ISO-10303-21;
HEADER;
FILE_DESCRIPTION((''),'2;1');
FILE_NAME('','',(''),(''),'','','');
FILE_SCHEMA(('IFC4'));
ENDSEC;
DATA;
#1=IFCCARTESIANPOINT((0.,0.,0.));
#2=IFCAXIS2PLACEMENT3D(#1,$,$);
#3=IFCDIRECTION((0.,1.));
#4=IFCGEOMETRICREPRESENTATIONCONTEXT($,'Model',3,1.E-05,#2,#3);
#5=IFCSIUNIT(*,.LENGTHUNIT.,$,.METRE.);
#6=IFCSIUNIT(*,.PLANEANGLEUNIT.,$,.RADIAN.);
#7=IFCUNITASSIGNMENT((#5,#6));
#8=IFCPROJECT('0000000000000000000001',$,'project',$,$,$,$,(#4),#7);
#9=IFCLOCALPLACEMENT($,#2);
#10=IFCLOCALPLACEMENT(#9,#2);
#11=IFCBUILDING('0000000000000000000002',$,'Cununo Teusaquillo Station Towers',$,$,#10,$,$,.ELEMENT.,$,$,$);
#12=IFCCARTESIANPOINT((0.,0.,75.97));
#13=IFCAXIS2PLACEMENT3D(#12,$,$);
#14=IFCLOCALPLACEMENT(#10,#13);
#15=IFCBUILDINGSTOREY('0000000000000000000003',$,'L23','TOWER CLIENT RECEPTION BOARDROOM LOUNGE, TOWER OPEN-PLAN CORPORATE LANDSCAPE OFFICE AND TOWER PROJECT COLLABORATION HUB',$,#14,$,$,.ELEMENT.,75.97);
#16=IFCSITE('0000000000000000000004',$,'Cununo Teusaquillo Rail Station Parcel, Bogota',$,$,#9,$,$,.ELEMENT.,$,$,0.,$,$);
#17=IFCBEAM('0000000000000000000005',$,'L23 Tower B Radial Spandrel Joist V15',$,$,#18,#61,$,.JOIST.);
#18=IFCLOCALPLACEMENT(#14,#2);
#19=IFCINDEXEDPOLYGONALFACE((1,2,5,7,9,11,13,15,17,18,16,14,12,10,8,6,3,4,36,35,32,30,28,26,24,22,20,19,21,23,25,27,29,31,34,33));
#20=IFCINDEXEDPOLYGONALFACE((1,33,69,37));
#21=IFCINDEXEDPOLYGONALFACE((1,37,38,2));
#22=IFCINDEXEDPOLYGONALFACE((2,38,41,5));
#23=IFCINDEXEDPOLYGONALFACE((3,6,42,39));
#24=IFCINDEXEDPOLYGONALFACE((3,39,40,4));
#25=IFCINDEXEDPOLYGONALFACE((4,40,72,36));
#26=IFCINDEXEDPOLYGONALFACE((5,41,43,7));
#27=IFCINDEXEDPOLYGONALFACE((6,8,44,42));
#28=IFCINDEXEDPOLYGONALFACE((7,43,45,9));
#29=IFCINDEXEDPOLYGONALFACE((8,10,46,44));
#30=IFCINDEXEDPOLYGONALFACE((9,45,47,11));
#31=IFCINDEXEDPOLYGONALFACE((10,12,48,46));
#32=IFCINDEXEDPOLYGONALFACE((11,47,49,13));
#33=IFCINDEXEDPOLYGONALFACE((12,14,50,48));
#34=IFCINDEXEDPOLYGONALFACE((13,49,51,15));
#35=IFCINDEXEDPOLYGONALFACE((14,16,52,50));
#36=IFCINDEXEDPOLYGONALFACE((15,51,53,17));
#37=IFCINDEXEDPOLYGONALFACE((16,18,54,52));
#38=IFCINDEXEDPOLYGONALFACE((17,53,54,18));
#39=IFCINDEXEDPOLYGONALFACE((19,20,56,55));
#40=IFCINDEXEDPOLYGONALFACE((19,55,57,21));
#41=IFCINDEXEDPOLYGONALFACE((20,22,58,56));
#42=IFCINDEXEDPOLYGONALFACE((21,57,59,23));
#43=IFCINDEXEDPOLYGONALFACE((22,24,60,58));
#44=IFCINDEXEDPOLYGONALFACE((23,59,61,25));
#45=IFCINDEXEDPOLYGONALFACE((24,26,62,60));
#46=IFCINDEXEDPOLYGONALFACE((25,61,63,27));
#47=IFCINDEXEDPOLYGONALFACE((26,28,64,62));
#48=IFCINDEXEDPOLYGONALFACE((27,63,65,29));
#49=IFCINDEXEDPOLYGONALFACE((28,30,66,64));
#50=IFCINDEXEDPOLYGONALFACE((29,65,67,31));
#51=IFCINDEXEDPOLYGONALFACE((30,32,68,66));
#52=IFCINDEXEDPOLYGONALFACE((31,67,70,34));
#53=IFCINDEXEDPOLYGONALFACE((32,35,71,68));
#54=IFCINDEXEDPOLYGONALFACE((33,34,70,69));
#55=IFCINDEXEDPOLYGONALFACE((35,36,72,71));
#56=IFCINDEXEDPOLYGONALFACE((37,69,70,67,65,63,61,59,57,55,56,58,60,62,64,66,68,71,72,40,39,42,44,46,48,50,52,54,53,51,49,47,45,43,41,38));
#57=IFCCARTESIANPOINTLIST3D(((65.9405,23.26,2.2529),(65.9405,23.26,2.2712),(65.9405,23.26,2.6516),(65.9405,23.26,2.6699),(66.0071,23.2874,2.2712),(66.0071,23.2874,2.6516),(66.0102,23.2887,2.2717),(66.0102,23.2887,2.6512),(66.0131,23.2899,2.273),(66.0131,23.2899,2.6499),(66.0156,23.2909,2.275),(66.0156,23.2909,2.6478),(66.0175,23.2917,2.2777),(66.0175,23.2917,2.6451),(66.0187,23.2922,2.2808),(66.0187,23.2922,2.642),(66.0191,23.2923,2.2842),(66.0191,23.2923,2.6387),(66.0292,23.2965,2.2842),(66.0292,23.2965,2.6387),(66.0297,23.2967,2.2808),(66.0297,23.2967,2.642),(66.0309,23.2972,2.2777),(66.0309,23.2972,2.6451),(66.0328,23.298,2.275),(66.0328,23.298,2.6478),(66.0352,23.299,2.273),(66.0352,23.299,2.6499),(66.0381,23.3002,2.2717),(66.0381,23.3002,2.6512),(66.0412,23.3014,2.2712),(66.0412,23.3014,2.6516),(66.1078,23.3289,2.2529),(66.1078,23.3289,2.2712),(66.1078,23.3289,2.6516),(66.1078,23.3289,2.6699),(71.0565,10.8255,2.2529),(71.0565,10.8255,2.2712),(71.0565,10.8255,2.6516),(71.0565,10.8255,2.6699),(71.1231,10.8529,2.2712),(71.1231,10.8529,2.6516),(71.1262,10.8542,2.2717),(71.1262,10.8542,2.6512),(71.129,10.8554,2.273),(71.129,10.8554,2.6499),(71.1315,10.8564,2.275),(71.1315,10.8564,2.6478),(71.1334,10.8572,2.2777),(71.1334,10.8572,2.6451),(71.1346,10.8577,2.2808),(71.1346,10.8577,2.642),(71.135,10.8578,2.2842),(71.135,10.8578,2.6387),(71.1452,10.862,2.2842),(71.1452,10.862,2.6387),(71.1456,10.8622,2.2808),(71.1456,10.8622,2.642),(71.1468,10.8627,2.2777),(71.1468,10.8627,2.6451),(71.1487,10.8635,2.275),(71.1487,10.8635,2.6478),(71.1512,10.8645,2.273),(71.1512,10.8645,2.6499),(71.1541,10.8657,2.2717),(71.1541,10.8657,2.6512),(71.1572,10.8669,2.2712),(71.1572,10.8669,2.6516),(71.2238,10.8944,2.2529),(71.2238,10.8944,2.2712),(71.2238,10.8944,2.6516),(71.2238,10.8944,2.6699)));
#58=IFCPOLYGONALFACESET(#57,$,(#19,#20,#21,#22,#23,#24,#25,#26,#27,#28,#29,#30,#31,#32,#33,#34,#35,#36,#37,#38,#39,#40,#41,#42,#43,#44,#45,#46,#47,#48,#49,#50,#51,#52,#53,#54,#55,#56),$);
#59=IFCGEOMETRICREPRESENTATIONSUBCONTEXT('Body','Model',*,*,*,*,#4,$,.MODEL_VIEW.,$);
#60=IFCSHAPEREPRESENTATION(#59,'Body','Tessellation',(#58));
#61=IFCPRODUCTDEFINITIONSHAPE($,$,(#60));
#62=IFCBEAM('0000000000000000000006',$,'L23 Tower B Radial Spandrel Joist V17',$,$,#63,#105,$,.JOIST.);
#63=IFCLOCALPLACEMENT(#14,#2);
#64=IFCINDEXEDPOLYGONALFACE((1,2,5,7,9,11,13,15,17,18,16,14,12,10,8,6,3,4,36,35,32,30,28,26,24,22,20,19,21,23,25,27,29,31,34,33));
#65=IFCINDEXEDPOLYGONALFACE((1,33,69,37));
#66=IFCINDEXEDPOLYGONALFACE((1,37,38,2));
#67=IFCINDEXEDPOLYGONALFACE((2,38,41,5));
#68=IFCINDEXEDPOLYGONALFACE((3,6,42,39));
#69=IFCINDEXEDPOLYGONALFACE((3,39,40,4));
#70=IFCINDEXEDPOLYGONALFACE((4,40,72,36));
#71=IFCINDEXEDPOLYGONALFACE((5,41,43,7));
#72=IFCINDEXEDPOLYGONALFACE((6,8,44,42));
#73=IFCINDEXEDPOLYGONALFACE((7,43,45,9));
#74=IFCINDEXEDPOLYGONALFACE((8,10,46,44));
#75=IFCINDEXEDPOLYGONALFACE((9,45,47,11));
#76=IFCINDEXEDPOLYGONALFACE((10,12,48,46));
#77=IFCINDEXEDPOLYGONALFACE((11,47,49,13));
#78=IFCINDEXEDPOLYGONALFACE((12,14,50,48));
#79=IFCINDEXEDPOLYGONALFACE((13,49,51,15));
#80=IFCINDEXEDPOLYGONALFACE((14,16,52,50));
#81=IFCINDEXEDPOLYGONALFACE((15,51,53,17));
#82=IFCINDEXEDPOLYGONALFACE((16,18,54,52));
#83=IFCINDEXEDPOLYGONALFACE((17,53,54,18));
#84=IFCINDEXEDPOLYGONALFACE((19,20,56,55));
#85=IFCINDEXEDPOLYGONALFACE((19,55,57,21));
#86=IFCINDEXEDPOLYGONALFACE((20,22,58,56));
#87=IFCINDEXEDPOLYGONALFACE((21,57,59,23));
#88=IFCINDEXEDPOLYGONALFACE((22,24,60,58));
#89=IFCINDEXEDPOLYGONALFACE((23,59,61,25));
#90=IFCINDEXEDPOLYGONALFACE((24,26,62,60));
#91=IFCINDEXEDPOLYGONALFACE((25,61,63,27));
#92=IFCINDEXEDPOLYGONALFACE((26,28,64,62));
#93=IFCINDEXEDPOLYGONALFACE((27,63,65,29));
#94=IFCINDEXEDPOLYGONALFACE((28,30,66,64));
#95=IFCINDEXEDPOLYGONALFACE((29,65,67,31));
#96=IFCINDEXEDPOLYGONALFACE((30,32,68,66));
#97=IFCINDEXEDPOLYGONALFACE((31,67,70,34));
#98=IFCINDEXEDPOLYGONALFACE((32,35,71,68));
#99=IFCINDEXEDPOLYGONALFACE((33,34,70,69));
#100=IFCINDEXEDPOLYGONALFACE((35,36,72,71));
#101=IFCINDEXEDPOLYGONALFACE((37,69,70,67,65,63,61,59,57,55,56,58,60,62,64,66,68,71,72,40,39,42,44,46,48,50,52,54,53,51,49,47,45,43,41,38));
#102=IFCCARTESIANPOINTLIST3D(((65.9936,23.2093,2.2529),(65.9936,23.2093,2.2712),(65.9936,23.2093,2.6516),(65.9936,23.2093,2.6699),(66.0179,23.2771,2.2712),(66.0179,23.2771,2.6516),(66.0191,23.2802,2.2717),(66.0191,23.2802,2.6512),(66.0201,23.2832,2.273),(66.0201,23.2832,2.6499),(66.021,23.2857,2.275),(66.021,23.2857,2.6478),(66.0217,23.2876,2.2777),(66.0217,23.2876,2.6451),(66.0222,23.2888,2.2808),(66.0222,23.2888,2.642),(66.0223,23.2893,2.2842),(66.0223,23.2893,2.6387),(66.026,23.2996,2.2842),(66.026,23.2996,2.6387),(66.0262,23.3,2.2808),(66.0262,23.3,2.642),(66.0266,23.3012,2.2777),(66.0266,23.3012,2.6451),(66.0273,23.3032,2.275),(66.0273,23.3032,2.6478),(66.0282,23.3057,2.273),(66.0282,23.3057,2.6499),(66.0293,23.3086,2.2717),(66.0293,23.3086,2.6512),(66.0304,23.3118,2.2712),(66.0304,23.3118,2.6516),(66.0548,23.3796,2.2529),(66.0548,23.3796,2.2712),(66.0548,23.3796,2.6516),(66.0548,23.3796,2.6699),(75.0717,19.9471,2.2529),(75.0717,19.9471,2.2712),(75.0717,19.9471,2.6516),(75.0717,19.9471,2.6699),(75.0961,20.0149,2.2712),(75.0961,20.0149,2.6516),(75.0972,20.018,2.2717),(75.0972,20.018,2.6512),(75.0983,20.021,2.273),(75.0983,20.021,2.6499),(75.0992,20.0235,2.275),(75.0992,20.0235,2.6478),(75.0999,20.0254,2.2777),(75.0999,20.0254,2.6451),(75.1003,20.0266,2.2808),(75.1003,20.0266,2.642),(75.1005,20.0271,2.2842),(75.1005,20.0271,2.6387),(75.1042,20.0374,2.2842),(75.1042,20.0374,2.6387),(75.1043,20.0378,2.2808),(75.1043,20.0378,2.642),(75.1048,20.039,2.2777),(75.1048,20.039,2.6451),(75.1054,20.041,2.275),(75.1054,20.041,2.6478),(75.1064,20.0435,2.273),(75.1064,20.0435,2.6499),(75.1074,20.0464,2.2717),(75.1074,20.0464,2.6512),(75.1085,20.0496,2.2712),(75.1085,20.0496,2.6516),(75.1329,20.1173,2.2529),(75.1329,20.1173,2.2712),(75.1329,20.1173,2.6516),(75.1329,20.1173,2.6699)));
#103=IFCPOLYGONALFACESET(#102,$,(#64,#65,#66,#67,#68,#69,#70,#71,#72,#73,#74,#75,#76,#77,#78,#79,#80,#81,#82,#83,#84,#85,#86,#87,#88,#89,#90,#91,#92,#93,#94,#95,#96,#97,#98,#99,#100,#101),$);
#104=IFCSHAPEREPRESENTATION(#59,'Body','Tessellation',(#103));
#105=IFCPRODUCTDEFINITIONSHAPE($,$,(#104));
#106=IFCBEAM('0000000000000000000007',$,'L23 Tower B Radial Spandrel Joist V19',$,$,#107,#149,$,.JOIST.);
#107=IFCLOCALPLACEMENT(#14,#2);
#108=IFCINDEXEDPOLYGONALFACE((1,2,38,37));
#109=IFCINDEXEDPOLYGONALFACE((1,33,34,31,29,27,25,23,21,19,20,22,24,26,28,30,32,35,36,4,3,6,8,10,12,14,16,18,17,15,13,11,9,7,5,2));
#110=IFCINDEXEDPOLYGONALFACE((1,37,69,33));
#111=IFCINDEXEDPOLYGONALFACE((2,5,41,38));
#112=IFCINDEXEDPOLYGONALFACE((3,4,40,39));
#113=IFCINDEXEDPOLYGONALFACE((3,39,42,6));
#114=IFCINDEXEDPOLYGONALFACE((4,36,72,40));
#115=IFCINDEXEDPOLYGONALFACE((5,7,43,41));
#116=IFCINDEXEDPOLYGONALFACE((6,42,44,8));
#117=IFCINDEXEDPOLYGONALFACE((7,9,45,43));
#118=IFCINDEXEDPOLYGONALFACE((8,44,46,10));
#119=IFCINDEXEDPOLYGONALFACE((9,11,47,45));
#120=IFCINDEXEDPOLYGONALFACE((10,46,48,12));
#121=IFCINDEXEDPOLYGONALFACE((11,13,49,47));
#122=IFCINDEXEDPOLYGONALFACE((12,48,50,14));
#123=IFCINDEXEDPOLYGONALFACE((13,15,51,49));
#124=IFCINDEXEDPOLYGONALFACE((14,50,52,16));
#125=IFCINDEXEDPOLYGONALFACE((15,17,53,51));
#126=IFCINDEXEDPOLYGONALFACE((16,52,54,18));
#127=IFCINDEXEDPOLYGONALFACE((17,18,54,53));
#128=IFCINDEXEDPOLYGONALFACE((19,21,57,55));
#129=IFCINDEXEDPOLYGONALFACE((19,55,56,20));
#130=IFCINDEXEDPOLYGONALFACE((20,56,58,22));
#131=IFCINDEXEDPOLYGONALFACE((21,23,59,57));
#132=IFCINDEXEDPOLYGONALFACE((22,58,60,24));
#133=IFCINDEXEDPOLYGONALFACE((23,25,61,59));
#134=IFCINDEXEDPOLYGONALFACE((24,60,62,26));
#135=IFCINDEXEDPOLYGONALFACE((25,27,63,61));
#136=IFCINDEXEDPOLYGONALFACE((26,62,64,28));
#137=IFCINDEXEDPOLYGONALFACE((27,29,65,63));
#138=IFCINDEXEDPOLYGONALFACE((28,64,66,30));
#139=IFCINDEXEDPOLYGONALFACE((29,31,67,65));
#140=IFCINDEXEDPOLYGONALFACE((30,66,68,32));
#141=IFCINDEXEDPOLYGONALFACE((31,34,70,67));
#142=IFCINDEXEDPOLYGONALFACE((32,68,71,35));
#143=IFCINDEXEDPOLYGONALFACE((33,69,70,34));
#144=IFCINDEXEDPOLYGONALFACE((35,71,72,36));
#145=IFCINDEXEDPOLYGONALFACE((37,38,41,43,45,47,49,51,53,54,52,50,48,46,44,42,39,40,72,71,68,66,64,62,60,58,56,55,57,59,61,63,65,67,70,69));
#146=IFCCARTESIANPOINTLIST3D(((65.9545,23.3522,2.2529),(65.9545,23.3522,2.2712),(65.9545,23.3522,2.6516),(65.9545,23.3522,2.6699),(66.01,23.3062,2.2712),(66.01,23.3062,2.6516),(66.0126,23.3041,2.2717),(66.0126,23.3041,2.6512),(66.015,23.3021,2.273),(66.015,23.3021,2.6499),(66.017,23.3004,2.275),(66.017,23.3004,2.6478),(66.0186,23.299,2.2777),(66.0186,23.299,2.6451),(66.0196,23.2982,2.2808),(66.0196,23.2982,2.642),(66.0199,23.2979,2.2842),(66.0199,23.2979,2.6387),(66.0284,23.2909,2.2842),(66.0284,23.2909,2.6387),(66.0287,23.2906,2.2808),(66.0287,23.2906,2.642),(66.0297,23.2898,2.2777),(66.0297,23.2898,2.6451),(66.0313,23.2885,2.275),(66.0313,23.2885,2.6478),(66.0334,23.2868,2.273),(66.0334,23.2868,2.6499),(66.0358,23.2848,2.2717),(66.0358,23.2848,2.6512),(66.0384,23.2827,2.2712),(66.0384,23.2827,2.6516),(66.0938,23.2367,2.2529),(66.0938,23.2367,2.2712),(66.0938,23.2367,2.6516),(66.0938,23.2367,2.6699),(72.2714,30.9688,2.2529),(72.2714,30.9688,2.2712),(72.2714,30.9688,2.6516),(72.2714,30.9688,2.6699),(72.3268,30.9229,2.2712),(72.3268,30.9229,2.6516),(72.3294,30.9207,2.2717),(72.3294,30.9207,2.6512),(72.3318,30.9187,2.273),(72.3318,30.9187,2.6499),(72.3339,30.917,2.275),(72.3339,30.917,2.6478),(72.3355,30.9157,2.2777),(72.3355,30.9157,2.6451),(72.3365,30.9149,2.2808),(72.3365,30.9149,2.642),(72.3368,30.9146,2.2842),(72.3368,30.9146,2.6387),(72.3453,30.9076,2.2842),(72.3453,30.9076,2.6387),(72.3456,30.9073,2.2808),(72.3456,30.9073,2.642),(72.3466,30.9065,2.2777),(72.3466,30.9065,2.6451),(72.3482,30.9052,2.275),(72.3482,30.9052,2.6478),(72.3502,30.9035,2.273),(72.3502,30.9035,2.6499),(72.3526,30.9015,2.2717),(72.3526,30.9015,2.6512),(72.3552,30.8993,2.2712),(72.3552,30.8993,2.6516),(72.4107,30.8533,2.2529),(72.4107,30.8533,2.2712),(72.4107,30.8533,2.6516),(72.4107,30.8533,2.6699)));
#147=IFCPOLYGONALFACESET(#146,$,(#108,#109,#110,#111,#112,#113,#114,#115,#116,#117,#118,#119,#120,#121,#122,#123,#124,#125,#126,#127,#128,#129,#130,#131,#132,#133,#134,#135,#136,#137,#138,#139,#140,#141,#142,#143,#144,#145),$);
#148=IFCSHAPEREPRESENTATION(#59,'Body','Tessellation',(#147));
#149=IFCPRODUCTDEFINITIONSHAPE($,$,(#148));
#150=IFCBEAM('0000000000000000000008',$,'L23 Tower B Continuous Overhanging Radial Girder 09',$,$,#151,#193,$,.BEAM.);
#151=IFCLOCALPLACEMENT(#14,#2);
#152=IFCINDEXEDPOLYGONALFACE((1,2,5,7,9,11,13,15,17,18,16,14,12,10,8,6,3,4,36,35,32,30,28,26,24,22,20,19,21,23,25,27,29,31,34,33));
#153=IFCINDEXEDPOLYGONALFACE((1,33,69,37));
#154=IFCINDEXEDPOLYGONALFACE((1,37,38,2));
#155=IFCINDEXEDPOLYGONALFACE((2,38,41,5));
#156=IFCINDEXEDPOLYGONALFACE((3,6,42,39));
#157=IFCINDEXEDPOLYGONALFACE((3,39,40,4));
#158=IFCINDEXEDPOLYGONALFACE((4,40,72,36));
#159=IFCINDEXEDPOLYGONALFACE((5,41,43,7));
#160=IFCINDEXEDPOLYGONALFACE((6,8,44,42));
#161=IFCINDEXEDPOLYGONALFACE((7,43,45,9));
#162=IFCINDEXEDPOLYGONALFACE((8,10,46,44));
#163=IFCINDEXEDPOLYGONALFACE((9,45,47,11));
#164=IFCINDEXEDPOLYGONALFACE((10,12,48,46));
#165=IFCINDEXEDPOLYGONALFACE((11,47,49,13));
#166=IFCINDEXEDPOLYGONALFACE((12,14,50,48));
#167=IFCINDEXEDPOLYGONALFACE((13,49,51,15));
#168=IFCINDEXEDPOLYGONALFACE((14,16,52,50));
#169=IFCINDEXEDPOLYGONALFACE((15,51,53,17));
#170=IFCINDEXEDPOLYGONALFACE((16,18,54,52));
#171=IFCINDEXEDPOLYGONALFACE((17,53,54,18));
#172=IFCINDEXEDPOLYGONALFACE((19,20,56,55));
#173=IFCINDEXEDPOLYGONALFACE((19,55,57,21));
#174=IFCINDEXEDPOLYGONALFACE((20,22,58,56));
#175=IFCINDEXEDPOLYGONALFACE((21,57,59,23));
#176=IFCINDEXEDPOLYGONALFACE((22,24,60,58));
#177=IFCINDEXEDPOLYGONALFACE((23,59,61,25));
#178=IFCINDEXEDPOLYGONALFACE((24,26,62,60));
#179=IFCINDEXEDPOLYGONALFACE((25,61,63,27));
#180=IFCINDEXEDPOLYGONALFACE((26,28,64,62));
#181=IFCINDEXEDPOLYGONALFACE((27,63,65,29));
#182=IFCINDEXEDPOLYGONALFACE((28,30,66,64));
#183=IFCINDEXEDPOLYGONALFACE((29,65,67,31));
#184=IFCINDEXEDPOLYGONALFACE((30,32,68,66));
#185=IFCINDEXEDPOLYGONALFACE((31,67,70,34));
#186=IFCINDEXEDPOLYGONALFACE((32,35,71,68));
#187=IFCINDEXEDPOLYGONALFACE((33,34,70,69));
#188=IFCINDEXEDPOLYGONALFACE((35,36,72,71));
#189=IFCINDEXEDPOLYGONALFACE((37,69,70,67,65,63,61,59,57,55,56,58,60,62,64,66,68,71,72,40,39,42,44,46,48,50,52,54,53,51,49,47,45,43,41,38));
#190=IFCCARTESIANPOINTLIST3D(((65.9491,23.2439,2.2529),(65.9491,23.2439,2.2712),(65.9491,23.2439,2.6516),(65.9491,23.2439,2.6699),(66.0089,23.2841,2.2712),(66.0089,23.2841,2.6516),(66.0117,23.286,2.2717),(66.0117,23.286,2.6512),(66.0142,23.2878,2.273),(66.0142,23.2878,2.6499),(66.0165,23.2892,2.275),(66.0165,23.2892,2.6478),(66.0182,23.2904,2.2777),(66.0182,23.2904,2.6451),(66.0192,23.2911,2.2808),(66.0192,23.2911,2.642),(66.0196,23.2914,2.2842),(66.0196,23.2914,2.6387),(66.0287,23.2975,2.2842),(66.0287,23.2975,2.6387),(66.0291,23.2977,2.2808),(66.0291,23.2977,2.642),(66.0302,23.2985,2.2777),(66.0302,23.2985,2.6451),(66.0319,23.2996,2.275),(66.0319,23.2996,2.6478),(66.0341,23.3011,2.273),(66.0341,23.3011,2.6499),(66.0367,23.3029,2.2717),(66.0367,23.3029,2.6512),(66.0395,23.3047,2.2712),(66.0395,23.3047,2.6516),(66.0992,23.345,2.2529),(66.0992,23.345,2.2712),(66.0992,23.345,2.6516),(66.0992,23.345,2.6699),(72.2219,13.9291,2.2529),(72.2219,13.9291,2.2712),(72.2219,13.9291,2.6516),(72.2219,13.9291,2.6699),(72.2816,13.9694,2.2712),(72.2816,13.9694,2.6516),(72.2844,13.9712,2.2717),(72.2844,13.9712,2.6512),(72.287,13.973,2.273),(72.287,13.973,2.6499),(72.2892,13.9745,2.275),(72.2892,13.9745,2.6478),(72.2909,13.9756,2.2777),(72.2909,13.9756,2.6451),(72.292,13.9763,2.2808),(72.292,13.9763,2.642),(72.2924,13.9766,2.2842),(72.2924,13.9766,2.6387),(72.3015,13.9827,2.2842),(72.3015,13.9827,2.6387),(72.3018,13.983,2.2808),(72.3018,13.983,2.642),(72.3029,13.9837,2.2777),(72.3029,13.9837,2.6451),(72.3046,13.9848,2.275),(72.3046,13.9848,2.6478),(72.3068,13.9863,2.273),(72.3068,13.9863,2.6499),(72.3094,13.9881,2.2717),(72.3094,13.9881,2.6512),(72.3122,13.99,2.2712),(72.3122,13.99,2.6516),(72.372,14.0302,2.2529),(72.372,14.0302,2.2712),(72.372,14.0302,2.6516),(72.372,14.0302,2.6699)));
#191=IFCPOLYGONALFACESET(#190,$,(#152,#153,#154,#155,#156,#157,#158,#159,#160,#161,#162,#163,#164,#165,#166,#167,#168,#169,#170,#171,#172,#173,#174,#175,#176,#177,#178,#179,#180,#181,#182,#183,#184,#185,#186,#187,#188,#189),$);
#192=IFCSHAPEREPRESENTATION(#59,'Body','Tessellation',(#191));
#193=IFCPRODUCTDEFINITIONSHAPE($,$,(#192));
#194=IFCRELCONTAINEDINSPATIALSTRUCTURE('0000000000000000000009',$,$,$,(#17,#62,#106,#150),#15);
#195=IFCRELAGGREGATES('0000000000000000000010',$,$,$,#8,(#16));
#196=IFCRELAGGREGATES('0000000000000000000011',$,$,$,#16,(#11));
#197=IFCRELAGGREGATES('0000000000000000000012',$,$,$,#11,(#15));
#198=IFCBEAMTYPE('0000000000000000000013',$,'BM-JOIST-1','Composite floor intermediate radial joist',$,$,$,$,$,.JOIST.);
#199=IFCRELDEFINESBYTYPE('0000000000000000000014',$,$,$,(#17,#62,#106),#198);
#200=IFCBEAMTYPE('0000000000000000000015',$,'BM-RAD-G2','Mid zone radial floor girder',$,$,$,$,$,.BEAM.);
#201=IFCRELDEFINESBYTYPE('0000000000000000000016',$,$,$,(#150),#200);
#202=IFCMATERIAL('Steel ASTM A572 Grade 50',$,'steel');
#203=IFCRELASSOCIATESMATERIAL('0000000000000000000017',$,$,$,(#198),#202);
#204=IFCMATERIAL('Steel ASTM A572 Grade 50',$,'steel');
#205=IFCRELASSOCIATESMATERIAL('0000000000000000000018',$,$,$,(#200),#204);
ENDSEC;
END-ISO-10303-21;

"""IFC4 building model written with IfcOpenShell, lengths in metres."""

from ifc_helpers import new_model, si_unit, direction, frame, origin, origin_2d, place, context, subcontext, project, spatial, i_section, extrude, material, material_profile, profile_set, type_object, element, save


model = new_model("IFC4")

# Units and contexts
model_context = context("Model", 3, precision=1e-05, world=origin(), true_north=direction((0.0, 1.0)))
body_context = subcontext(model_context, "Body", "Model", "MODEL_VIEW")
ifc_project = project(units=[si_unit("LENGTHUNIT", "METRE"), si_unit("PLANEANGLEUNIT", "RADIAN")], contexts=[model_context])

# Site, building, storey
site_placement = place(None, origin())
site = spatial("IfcSite", under=ifc_project, at=site_placement, Name="Cununo Teusaquillo Rail Station Parcel, Bogota", CompositionType="ELEMENT", RefElevation=0.0)
building_placement = place(site_placement, origin())
building = spatial("IfcBuilding", under=site, at=building_placement, Name="Cununo Teusaquillo Station Towers", CompositionType="ELEMENT")
storey_placement = place(building_placement, frame((0.0, 0.0, 75.97)))
storey = spatial("IfcBuildingStorey", under=building, at=storey_placement, Name="L23", Description="TOWER CLIENT RECEPTION BOARDROOM LOUNGE, TOWER OPEN-PLAN CORPORATE LANDSCAPE OFFICE AND TOWER PROJECT COLLABORATION HUB", CompositionType="ELEMENT", Elevation=75.97)

# Beams
ifc_material_1 = material(Name="Steel ASTM A572 Grade 50", Category="steel")
ifc_material_profile_1 = material_profile(ifc_material_1, i_section(OverallWidth=0.1809, OverallDepth=0.417, WebThickness=0.011, FlangeThickness=0.0183, FilletRadius=0.0129, at=origin_2d()), Name="W16X57")
ifc_profile_set_1 = profile_set([ifc_material_profile_1], Name="Steel ASTM A572 Grade 50")
beam_type_1 = type_object("IfcBeamType", Name="BM-JOIST-1", Description="Composite floor intermediate radial joist", PredefinedType="JOIST", material=ifc_profile_set_1)
beam_1_placement = place(storey_placement, frame((66.0242, 23.2944, 2.4614), z_axis=(0.380486, -0.924787, 0.0), x_axis=(0.924787, 0.380486, 0.0)))
element("IfcBeam", 1, at=beam_1_placement, inside=storey, type_object=beam_type_1, Name="L23 Tower B Radial Spandrel Joist V15", PredefinedType="JOIST", context=body_context, shape_type="SweptSolid", body=[
    extrude(i_section(OverallWidth=0.1809, OverallDepth=0.417, WebThickness=0.011, FlangeThickness=0.0183, FilletRadius=0.0129, at=origin_2d()), origin(), (0.0, 0.0, 1.0), 13.4458),
])
beam_2_placement = place(storey_placement, frame((66.0242, 23.2944, 2.4614), z_axis=(0.941083, -0.338176, 0.0), x_axis=(0.338176, 0.941083, 0.0)))
element("IfcBeam", 2, at=beam_2_placement, inside=storey, type_object=beam_type_1, Name="L23 Tower B Radial Spandrel Joist V17", PredefinedType="JOIST", context=body_context, shape_type="SweptSolid", body=[
    extrude(i_section(OverallWidth=0.1809, OverallDepth=0.417, WebThickness=0.011, FlangeThickness=0.0183, FilletRadius=0.0129, at=origin_2d()), origin(), (0.0, 0.0, 1.0), 9.6465),
])
beam_3_placement = place(storey_placement, frame((66.0242, 23.2944, 2.4614), z_axis=(0.638372, 0.769728, 0.0), x_axis=(-0.769728, 0.638372, 0.0)))
element("IfcBeam", 3, at=beam_3_placement, inside=storey, type_object=beam_type_1, Name="L23 Tower B Radial Spandrel Joist V19", PredefinedType="JOIST", context=body_context, shape_type="SweptSolid", body=[
    extrude(i_section(OverallWidth=0.1809, OverallDepth=0.417, WebThickness=0.011, FlangeThickness=0.0183, FilletRadius=0.0129, at=origin_2d()), origin(), (0.0, 0.0, 1.0), 9.8953),
])
ifc_material_2 = material(Name="Steel ASTM A572 Grade 50", Category="steel")
ifc_material_profile_2 = material_profile(ifc_material_2, i_section(OverallWidth=0.1809, OverallDepth=0.417, WebThickness=0.011, FlangeThickness=0.0183, FilletRadius=0.0129, at=origin_2d()), Name="W16X57")
ifc_profile_set_2 = profile_set([ifc_material_profile_2], Name="Steel ASTM A572 Grade 50")
beam_type_2 = type_object("IfcBeamType", Name="BM-RAD-G2", Description="Mid zone radial floor girder", PredefinedType="BEAM", material=ifc_profile_set_2)
beam_4_placement = place(storey_placement, frame((66.0242, 23.2944, 2.4614), z_axis=(0.558572, -0.829456, 0.0), x_axis=(0.829456, 0.558572, 0.0)))
element("IfcBeam", 4, at=beam_4_placement, inside=storey, type_object=beam_type_2, Name="L23 Tower B Continuous Overhanging Radial Girder 09", PredefinedType="BEAM", context=body_context, shape_type="SweptSolid", body=[
    extrude(i_section(OverallWidth=0.1809, OverallDepth=0.417, WebThickness=0.011, FlangeThickness=0.0183, FilletRadius=0.0129, at=origin_2d()), origin(), (0.0, 0.0, 1.0), 11.23),
])

save(model, "model.ifc")
